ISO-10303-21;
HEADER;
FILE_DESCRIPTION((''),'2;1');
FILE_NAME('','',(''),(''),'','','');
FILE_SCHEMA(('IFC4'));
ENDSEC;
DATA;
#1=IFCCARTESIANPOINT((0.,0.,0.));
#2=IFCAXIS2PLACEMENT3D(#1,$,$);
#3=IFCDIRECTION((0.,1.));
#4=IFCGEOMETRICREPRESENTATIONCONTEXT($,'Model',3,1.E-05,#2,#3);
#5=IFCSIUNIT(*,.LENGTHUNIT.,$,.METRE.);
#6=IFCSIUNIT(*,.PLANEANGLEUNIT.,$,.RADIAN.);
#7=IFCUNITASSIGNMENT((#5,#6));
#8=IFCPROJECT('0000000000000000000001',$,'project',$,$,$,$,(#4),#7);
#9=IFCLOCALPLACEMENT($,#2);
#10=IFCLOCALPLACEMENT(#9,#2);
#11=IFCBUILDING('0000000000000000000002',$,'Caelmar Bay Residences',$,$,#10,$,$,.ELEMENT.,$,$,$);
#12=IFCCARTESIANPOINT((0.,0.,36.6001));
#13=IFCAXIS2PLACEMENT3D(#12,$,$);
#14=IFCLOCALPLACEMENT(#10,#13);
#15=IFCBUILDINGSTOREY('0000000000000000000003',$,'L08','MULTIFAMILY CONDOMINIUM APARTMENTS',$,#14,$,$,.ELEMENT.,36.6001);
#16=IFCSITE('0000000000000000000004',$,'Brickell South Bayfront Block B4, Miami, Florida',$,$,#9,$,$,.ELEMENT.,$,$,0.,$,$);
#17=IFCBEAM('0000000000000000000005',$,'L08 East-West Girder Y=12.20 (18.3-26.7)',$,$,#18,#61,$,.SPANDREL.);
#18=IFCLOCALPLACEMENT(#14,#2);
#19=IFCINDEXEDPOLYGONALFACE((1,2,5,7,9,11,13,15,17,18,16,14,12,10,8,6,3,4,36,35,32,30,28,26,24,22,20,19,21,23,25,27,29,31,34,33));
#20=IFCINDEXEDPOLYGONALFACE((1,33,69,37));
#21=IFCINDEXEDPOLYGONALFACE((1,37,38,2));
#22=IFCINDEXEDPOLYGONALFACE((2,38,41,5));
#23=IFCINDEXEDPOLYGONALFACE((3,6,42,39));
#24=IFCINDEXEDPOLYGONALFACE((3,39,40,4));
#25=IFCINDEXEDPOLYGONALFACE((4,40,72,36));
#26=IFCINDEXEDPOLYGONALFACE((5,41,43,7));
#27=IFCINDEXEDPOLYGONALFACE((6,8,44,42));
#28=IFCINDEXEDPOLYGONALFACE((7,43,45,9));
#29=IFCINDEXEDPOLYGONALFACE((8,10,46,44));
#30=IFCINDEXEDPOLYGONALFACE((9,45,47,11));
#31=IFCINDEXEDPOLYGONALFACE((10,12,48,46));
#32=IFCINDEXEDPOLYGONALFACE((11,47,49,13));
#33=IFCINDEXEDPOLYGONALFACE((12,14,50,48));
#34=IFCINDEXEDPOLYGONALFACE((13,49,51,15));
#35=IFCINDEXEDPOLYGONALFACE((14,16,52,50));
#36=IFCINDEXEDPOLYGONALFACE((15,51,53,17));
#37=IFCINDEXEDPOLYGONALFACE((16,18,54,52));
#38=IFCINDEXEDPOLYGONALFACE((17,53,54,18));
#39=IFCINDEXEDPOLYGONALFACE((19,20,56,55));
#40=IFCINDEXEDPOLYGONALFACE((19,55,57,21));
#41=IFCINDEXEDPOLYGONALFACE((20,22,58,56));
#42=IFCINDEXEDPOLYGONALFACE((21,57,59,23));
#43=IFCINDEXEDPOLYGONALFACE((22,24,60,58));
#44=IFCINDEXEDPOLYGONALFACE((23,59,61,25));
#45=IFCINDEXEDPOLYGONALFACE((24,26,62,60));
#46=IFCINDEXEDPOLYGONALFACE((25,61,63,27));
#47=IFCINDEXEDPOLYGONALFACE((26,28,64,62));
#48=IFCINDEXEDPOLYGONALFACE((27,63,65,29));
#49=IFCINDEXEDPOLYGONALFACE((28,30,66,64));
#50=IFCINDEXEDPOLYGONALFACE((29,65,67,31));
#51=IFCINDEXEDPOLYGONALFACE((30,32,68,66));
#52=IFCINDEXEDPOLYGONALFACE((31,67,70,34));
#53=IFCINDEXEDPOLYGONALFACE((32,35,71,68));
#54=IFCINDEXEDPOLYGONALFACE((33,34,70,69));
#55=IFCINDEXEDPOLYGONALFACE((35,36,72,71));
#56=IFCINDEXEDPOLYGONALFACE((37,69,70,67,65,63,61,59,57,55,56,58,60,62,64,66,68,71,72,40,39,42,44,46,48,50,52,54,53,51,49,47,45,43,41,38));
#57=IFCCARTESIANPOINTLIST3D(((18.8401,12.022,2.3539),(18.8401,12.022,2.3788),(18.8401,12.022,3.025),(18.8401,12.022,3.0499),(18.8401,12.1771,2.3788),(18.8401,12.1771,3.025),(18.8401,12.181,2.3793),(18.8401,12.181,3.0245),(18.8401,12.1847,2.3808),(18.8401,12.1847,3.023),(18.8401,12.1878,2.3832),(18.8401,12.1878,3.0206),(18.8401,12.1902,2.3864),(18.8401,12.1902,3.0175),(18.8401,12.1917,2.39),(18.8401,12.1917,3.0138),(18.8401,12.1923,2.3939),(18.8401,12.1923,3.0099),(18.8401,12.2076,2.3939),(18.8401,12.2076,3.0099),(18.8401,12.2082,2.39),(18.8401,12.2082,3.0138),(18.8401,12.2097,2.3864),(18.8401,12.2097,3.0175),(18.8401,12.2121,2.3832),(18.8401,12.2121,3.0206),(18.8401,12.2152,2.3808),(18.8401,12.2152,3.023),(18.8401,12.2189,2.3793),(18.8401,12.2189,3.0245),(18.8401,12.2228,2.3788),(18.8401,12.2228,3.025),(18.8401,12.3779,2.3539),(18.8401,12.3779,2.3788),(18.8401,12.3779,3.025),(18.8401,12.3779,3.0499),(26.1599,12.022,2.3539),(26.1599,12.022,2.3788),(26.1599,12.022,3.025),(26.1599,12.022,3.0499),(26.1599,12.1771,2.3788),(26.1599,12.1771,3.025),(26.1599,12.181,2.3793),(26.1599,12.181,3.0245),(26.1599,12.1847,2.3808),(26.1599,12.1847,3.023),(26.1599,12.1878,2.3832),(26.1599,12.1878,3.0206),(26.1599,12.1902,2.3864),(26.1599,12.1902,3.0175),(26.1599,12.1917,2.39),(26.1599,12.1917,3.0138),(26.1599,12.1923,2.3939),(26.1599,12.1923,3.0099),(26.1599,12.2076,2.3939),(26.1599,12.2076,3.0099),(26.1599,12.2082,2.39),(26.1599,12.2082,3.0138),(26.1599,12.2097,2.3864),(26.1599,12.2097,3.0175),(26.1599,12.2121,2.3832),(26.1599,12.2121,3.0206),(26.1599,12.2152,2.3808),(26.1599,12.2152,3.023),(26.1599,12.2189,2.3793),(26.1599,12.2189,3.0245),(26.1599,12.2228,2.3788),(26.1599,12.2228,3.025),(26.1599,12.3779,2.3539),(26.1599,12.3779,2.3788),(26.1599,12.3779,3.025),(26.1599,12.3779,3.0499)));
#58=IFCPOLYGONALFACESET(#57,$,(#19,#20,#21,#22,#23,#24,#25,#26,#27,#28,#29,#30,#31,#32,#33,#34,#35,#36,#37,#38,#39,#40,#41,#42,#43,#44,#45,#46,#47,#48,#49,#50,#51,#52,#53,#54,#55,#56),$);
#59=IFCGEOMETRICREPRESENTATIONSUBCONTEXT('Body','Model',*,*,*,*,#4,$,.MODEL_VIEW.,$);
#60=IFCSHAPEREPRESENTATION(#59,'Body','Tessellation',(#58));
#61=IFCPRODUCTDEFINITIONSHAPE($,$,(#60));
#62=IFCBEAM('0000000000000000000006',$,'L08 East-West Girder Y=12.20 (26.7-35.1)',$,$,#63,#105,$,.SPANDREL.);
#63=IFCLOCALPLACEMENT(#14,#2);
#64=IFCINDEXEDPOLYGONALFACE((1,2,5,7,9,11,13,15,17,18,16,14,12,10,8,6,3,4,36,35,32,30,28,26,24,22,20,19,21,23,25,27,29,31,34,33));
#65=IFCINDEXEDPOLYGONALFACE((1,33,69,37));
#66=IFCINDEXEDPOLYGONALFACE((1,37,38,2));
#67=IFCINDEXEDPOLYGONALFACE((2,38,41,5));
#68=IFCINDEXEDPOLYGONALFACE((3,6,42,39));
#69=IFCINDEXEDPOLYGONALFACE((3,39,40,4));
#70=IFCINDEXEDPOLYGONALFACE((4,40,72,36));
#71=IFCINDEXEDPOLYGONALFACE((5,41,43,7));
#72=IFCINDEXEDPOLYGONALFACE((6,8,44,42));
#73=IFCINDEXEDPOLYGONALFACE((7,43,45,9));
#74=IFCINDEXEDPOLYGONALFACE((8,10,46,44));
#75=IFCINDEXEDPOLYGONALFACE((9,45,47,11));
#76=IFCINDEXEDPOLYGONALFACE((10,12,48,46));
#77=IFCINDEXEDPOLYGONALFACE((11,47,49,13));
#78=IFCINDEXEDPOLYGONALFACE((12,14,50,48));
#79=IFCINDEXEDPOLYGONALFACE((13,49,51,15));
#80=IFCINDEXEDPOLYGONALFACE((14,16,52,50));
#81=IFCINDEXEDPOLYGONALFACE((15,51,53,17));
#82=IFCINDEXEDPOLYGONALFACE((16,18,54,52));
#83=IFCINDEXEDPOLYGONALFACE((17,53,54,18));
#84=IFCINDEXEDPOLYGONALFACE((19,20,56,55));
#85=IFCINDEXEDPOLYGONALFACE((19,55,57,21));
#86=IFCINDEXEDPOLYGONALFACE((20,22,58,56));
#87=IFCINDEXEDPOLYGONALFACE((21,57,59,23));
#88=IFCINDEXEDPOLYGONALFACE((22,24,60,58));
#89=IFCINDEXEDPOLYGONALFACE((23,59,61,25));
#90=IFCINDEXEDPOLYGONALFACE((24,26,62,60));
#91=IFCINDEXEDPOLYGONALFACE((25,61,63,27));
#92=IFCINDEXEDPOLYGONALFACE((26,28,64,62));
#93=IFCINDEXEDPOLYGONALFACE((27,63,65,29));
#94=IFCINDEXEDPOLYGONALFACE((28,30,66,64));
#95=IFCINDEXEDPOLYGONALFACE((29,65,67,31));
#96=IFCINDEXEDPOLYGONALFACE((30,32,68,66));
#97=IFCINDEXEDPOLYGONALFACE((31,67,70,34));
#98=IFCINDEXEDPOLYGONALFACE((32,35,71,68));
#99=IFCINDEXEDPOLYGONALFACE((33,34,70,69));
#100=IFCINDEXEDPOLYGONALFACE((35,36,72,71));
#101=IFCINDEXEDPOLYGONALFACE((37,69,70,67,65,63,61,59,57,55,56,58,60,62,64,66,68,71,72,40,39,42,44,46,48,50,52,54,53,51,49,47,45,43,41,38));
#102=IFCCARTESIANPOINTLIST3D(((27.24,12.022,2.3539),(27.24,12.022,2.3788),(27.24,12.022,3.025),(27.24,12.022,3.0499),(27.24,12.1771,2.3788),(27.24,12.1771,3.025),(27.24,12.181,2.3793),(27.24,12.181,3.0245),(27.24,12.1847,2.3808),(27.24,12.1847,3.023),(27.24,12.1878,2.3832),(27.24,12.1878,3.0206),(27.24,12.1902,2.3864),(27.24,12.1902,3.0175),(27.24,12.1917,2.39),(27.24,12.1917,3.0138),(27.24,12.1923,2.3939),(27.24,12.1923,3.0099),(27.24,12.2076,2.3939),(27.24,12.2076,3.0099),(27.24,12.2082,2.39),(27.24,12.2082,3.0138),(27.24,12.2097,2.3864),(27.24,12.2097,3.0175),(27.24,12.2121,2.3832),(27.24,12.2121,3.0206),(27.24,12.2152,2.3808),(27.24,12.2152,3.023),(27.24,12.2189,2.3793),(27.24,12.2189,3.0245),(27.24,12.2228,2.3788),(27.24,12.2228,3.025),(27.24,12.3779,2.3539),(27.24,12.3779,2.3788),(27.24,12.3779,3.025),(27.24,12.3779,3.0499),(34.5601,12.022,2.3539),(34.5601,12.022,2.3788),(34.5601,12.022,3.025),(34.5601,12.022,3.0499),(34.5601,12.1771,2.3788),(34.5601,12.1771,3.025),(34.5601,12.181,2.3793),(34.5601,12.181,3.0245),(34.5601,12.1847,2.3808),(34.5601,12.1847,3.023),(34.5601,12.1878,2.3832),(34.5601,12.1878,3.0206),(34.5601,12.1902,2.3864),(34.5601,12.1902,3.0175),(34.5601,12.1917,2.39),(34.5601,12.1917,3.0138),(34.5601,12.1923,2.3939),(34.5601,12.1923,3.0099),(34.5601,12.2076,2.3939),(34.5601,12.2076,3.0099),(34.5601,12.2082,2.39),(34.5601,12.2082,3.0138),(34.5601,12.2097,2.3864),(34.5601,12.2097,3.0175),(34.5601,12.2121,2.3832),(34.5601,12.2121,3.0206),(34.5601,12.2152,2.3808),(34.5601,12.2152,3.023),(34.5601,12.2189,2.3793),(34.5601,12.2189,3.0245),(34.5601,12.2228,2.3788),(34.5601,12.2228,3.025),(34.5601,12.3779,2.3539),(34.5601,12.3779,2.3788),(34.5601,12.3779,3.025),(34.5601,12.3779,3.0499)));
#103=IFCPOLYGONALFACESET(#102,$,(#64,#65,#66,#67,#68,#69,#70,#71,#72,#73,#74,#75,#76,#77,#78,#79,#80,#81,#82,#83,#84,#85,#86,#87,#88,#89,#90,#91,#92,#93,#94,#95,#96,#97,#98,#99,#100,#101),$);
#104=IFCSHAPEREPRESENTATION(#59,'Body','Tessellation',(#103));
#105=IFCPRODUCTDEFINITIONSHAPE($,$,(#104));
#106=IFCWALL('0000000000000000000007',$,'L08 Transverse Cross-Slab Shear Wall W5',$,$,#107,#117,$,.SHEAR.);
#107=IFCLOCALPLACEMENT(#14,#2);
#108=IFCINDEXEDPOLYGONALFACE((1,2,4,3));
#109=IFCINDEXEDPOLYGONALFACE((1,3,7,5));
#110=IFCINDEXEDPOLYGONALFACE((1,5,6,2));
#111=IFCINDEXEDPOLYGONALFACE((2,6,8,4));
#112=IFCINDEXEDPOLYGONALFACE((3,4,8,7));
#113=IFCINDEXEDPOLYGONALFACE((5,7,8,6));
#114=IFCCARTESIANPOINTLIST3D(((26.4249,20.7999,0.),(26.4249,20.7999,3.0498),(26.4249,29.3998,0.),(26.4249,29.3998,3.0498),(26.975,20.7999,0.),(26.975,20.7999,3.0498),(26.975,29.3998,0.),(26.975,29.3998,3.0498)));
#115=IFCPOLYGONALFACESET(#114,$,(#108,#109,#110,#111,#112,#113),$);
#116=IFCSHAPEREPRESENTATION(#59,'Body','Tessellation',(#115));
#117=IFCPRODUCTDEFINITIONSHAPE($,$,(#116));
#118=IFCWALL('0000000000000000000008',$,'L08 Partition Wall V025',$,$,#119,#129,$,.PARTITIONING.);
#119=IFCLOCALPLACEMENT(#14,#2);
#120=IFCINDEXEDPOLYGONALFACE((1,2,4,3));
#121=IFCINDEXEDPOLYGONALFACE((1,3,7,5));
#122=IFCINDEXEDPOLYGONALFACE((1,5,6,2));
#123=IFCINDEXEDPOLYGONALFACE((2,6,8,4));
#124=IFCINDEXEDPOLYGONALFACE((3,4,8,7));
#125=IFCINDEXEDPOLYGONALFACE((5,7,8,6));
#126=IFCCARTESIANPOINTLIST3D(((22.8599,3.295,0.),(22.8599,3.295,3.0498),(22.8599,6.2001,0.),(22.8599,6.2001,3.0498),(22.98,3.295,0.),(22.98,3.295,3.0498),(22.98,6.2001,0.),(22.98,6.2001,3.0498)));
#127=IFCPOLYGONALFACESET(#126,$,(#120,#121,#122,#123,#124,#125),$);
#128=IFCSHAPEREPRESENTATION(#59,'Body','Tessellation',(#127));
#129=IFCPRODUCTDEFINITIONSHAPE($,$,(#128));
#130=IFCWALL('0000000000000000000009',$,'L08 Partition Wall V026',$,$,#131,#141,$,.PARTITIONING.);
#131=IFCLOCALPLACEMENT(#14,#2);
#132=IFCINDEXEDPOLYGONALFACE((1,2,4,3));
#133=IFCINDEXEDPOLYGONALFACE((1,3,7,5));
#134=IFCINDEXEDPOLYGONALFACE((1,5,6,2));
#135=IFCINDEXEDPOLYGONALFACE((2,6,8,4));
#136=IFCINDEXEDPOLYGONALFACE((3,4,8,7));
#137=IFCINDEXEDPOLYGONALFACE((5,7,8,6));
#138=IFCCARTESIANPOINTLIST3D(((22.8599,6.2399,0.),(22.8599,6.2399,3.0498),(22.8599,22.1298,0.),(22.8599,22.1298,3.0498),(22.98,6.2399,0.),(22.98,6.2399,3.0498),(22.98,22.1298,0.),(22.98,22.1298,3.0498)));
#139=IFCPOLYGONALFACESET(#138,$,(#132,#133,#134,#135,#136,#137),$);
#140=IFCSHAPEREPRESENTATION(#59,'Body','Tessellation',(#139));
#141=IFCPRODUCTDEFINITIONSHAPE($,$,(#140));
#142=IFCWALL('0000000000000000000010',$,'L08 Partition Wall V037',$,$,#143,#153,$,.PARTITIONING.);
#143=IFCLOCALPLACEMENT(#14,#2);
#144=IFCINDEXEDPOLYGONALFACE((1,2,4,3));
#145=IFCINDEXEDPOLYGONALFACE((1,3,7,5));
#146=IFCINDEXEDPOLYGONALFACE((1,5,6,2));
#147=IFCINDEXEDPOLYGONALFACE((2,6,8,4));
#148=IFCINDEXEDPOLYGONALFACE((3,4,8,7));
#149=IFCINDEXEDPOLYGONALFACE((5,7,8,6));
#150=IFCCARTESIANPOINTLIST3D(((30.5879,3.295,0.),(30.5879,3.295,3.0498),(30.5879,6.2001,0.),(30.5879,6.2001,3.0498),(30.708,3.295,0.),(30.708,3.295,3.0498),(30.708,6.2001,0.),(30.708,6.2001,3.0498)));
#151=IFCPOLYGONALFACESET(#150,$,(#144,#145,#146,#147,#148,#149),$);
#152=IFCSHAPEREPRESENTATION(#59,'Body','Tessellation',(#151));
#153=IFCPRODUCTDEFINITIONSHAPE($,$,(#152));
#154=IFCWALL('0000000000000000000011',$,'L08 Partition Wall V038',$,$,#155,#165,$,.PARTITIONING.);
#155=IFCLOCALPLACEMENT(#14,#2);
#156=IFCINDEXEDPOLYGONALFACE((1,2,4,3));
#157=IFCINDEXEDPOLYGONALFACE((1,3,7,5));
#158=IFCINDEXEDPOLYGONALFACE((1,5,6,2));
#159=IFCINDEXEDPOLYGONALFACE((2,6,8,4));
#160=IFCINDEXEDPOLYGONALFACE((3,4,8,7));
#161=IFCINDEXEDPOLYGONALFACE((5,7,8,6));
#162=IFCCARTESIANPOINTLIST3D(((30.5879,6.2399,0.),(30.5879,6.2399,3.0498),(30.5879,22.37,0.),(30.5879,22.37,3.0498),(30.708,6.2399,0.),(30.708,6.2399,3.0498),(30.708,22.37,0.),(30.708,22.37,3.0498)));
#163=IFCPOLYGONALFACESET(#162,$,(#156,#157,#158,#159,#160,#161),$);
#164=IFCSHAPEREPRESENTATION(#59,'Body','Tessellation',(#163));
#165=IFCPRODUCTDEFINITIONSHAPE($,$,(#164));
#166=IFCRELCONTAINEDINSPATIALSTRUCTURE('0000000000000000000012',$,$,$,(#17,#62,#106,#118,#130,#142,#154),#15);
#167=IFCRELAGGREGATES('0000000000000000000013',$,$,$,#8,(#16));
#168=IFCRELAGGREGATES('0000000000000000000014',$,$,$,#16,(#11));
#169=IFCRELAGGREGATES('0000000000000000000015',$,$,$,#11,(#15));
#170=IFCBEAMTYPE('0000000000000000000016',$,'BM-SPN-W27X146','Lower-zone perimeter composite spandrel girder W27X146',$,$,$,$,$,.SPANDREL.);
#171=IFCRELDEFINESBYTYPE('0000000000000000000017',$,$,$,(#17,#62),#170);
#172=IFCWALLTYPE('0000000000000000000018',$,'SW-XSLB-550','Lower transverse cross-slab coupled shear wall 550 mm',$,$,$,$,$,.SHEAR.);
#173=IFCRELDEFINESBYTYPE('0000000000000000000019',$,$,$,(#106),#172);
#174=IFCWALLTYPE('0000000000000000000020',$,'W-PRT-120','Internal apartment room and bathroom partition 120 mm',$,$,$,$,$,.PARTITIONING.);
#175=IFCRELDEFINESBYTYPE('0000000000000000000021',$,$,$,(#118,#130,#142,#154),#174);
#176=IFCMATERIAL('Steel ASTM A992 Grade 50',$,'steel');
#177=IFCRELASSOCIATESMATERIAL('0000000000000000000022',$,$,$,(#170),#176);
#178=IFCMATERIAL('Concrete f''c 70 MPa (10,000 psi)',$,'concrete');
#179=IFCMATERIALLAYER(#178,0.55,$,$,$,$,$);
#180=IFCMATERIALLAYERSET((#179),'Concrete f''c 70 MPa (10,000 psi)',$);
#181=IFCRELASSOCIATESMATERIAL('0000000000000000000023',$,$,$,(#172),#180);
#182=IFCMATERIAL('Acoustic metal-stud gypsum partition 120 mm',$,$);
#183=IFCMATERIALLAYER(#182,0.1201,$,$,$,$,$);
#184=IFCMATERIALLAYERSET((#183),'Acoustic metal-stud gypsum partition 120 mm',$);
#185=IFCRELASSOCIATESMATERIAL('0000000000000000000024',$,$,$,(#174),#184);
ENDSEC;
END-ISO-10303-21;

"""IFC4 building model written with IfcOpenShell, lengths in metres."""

from ifc_helpers import new_model, si_unit, direction, frame, frame_2d, origin, origin_2d, place, context, subcontext, project, spatial, rectangle, i_section, extrude, material, layer, layer_set, material_profile, profile_set, type_object, element, save


model = new_model("IFC4")

# Units and contexts
model_context = context("Model", 3, precision=1e-05, world=origin(), true_north=direction((0.0, 1.0)))
body_context = subcontext(model_context, "Body", "Model", "MODEL_VIEW")
ifc_project = project(units=[si_unit("LENGTHUNIT", "METRE"), si_unit("PLANEANGLEUNIT", "RADIAN")], contexts=[model_context])

# Site, building, storey
site_placement = place(None, origin())
site = spatial("IfcSite", under=ifc_project, at=site_placement, Name="Brickell South Bayfront Block B4, Miami, Florida", CompositionType="ELEMENT", RefElevation=0.0)
building_placement = place(site_placement, origin())
building = spatial("IfcBuilding", under=site, at=building_placement, Name="Caelmar Bay Residences", CompositionType="ELEMENT")
storey_placement = place(building_placement, frame((0.0, 0.0, 36.6001)))
storey = spatial("IfcBuildingStorey", under=building, at=storey_placement, Name="L08", Description="MULTIFAMILY CONDOMINIUM APARTMENTS", CompositionType="ELEMENT", Elevation=36.6001)

# Shared definitions
ifc_material_1 = material(Name="Concrete f'c 70 MPa (10,000 psi)", Category="concrete")

# Beams
ifc_material_2 = material(Name="Steel ASTM A992 Grade 50", Category="steel")
ifc_material_profile_1 = material_profile(ifc_material_2, i_section(OverallWidth=0.356, OverallDepth=0.696, WebThickness=0.0154, FlangeThickness=0.0249, FilletRadius=0.0151, at=origin_2d()), Name="W27X146")
ifc_profile_set_1 = profile_set([ifc_material_profile_1], Name="Steel ASTM A992 Grade 50")
beam_type_1 = type_object("IfcBeamType", Name="BM-SPN-W27X146", Description="Lower-zone perimeter composite spandrel girder W27X146", PredefinedType="SPANDREL", material=ifc_profile_set_1)
beam_1_placement = place(storey_placement, frame((18.8401, 12.2, 2.7019), z_axis=(1.0, 0.0, 0.0), x_axis=(0.0, 1.0, 0.0)))
element("IfcBeam", 1, at=beam_1_placement, inside=storey, type_object=beam_type_1, Name="L08 East-West Girder Y=12.20 (18.3-26.7)", PredefinedType="SPANDREL", context=body_context, shape_type="SweptSolid", body=[
    extrude(i_section(OverallWidth=0.356, OverallDepth=0.696, WebThickness=0.0154, FlangeThickness=0.0249, FilletRadius=0.0151, at=origin_2d()), origin(), (0.0, 0.0, 1.0), 7.3198),
])
beam_2_placement = place(storey_placement, frame((27.24, 12.2, 2.7019), z_axis=(1.0, 0.0, 0.0), x_axis=(0.0, 1.0, 0.0)))
element("IfcBeam", 2, at=beam_2_placement, inside=storey, type_object=beam_type_1, Name="L08 East-West Girder Y=12.20 (26.7-35.1)", PredefinedType="SPANDREL", context=body_context, shape_type="SweptSolid", body=[
    extrude(i_section(OverallWidth=0.356, OverallDepth=0.696, WebThickness=0.0154, FlangeThickness=0.0249, FilletRadius=0.0151, at=origin_2d()), origin(), (0.0, 0.0, 1.0), 7.3201),
])

# Walls
ifc_layer_1 = layer(ifc_material_1, 0.55)
ifc_layer_set_1 = layer_set([ifc_layer_1], Name="Concrete f'c 70 MPa (10,000 psi)")
wall_type_1 = type_object("IfcWallType", Name="SW-XSLB-550", Description="Lower transverse cross-slab coupled shear wall 550 mm", PredefinedType="SHEAR", material=ifc_layer_set_1)
wall_1_placement = place(storey_placement, frame((26.7, 20.8, 0.0), z_axis=(0.0, 0.0, 1.0), x_axis=(0.0, 1.0, 0.0)))
element("IfcWall", 3, at=wall_1_placement, inside=storey, type_object=wall_type_1, Name="L08 Transverse Cross-Slab Shear Wall W5", PredefinedType="SHEAR", context=body_context, shape_type="SweptSolid", body=[
    extrude(rectangle(XDim=8.5999, YDim=0.55, at=frame_2d((4.2998, 0.0))), origin(), (0.0, 0.0, 1.0), 3.0498),
])
ifc_material_3 = material(Name="Acoustic metal-stud gypsum partition 120 mm")
ifc_layer_2 = layer(ifc_material_3, 0.1201)
ifc_layer_set_2 = layer_set([ifc_layer_2], Name="Acoustic metal-stud gypsum partition 120 mm")
wall_type_2 = type_object("IfcWallType", Name="W-PRT-120", Description="Internal apartment room and bathroom partition 120 mm", PredefinedType="PARTITIONING", material=ifc_layer_set_2)
wall_2_placement = place(storey_placement, frame((22.9199, 3.2949, 0.0), z_axis=(0.0, 0.0, 1.0), x_axis=(0.0, 1.0, 0.0)))
element("IfcWall", 4, at=wall_2_placement, inside=storey, type_object=wall_type_2, Name="L08 Partition Wall V025", PredefinedType="PARTITIONING", context=body_context, shape_type="SweptSolid", body=[
    extrude(rectangle(XDim=2.905, YDim=0.1201, at=frame_2d((1.4526, 0.0))), origin(), (0.0, 0.0, 1.0), 3.0498),
])
wall_3_placement = place(storey_placement, frame((22.9199, 6.24, 0.0), z_axis=(0.0, 0.0, 1.0), x_axis=(0.0, 1.0, 0.0)))
element("IfcWall", 5, at=wall_3_placement, inside=storey, type_object=wall_type_2, Name="L08 Partition Wall V026", PredefinedType="PARTITIONING", context=body_context, shape_type="SweptSolid", body=[
    extrude(rectangle(XDim=15.8899, YDim=0.1201, at=frame_2d((7.9448, 0.0))), origin(), (0.0, 0.0, 1.0), 3.0498),
])
wall_4_placement = place(storey_placement, frame((30.6479, 3.2949, 0.0), z_axis=(0.0, 0.0, 1.0), x_axis=(0.0, 1.0, 0.0)))
element("IfcWall", 6, at=wall_4_placement, inside=storey, type_object=wall_type_2, Name="L08 Partition Wall V037", PredefinedType="PARTITIONING", context=body_context, shape_type="SweptSolid", body=[
    extrude(rectangle(XDim=2.905, YDim=0.1201, at=frame_2d((1.4526, 0.0))), origin(), (0.0, 0.0, 1.0), 3.0498),
])
wall_5_placement = place(storey_placement, frame((30.6479, 6.24, 0.0), z_axis=(0.0, 0.0, 1.0), x_axis=(0.0, 1.0, 0.0)))
element("IfcWall", 7, at=wall_5_placement, inside=storey, type_object=wall_type_2, Name="L08 Partition Wall V038", PredefinedType="PARTITIONING", context=body_context, shape_type="SweptSolid", body=[
    extrude(rectangle(XDim=16.1301, YDim=0.1201, at=frame_2d((8.0649, 0.0))), origin(), (0.0, 0.0, 1.0), 3.0498),
])

save(model, "model.ifc")
